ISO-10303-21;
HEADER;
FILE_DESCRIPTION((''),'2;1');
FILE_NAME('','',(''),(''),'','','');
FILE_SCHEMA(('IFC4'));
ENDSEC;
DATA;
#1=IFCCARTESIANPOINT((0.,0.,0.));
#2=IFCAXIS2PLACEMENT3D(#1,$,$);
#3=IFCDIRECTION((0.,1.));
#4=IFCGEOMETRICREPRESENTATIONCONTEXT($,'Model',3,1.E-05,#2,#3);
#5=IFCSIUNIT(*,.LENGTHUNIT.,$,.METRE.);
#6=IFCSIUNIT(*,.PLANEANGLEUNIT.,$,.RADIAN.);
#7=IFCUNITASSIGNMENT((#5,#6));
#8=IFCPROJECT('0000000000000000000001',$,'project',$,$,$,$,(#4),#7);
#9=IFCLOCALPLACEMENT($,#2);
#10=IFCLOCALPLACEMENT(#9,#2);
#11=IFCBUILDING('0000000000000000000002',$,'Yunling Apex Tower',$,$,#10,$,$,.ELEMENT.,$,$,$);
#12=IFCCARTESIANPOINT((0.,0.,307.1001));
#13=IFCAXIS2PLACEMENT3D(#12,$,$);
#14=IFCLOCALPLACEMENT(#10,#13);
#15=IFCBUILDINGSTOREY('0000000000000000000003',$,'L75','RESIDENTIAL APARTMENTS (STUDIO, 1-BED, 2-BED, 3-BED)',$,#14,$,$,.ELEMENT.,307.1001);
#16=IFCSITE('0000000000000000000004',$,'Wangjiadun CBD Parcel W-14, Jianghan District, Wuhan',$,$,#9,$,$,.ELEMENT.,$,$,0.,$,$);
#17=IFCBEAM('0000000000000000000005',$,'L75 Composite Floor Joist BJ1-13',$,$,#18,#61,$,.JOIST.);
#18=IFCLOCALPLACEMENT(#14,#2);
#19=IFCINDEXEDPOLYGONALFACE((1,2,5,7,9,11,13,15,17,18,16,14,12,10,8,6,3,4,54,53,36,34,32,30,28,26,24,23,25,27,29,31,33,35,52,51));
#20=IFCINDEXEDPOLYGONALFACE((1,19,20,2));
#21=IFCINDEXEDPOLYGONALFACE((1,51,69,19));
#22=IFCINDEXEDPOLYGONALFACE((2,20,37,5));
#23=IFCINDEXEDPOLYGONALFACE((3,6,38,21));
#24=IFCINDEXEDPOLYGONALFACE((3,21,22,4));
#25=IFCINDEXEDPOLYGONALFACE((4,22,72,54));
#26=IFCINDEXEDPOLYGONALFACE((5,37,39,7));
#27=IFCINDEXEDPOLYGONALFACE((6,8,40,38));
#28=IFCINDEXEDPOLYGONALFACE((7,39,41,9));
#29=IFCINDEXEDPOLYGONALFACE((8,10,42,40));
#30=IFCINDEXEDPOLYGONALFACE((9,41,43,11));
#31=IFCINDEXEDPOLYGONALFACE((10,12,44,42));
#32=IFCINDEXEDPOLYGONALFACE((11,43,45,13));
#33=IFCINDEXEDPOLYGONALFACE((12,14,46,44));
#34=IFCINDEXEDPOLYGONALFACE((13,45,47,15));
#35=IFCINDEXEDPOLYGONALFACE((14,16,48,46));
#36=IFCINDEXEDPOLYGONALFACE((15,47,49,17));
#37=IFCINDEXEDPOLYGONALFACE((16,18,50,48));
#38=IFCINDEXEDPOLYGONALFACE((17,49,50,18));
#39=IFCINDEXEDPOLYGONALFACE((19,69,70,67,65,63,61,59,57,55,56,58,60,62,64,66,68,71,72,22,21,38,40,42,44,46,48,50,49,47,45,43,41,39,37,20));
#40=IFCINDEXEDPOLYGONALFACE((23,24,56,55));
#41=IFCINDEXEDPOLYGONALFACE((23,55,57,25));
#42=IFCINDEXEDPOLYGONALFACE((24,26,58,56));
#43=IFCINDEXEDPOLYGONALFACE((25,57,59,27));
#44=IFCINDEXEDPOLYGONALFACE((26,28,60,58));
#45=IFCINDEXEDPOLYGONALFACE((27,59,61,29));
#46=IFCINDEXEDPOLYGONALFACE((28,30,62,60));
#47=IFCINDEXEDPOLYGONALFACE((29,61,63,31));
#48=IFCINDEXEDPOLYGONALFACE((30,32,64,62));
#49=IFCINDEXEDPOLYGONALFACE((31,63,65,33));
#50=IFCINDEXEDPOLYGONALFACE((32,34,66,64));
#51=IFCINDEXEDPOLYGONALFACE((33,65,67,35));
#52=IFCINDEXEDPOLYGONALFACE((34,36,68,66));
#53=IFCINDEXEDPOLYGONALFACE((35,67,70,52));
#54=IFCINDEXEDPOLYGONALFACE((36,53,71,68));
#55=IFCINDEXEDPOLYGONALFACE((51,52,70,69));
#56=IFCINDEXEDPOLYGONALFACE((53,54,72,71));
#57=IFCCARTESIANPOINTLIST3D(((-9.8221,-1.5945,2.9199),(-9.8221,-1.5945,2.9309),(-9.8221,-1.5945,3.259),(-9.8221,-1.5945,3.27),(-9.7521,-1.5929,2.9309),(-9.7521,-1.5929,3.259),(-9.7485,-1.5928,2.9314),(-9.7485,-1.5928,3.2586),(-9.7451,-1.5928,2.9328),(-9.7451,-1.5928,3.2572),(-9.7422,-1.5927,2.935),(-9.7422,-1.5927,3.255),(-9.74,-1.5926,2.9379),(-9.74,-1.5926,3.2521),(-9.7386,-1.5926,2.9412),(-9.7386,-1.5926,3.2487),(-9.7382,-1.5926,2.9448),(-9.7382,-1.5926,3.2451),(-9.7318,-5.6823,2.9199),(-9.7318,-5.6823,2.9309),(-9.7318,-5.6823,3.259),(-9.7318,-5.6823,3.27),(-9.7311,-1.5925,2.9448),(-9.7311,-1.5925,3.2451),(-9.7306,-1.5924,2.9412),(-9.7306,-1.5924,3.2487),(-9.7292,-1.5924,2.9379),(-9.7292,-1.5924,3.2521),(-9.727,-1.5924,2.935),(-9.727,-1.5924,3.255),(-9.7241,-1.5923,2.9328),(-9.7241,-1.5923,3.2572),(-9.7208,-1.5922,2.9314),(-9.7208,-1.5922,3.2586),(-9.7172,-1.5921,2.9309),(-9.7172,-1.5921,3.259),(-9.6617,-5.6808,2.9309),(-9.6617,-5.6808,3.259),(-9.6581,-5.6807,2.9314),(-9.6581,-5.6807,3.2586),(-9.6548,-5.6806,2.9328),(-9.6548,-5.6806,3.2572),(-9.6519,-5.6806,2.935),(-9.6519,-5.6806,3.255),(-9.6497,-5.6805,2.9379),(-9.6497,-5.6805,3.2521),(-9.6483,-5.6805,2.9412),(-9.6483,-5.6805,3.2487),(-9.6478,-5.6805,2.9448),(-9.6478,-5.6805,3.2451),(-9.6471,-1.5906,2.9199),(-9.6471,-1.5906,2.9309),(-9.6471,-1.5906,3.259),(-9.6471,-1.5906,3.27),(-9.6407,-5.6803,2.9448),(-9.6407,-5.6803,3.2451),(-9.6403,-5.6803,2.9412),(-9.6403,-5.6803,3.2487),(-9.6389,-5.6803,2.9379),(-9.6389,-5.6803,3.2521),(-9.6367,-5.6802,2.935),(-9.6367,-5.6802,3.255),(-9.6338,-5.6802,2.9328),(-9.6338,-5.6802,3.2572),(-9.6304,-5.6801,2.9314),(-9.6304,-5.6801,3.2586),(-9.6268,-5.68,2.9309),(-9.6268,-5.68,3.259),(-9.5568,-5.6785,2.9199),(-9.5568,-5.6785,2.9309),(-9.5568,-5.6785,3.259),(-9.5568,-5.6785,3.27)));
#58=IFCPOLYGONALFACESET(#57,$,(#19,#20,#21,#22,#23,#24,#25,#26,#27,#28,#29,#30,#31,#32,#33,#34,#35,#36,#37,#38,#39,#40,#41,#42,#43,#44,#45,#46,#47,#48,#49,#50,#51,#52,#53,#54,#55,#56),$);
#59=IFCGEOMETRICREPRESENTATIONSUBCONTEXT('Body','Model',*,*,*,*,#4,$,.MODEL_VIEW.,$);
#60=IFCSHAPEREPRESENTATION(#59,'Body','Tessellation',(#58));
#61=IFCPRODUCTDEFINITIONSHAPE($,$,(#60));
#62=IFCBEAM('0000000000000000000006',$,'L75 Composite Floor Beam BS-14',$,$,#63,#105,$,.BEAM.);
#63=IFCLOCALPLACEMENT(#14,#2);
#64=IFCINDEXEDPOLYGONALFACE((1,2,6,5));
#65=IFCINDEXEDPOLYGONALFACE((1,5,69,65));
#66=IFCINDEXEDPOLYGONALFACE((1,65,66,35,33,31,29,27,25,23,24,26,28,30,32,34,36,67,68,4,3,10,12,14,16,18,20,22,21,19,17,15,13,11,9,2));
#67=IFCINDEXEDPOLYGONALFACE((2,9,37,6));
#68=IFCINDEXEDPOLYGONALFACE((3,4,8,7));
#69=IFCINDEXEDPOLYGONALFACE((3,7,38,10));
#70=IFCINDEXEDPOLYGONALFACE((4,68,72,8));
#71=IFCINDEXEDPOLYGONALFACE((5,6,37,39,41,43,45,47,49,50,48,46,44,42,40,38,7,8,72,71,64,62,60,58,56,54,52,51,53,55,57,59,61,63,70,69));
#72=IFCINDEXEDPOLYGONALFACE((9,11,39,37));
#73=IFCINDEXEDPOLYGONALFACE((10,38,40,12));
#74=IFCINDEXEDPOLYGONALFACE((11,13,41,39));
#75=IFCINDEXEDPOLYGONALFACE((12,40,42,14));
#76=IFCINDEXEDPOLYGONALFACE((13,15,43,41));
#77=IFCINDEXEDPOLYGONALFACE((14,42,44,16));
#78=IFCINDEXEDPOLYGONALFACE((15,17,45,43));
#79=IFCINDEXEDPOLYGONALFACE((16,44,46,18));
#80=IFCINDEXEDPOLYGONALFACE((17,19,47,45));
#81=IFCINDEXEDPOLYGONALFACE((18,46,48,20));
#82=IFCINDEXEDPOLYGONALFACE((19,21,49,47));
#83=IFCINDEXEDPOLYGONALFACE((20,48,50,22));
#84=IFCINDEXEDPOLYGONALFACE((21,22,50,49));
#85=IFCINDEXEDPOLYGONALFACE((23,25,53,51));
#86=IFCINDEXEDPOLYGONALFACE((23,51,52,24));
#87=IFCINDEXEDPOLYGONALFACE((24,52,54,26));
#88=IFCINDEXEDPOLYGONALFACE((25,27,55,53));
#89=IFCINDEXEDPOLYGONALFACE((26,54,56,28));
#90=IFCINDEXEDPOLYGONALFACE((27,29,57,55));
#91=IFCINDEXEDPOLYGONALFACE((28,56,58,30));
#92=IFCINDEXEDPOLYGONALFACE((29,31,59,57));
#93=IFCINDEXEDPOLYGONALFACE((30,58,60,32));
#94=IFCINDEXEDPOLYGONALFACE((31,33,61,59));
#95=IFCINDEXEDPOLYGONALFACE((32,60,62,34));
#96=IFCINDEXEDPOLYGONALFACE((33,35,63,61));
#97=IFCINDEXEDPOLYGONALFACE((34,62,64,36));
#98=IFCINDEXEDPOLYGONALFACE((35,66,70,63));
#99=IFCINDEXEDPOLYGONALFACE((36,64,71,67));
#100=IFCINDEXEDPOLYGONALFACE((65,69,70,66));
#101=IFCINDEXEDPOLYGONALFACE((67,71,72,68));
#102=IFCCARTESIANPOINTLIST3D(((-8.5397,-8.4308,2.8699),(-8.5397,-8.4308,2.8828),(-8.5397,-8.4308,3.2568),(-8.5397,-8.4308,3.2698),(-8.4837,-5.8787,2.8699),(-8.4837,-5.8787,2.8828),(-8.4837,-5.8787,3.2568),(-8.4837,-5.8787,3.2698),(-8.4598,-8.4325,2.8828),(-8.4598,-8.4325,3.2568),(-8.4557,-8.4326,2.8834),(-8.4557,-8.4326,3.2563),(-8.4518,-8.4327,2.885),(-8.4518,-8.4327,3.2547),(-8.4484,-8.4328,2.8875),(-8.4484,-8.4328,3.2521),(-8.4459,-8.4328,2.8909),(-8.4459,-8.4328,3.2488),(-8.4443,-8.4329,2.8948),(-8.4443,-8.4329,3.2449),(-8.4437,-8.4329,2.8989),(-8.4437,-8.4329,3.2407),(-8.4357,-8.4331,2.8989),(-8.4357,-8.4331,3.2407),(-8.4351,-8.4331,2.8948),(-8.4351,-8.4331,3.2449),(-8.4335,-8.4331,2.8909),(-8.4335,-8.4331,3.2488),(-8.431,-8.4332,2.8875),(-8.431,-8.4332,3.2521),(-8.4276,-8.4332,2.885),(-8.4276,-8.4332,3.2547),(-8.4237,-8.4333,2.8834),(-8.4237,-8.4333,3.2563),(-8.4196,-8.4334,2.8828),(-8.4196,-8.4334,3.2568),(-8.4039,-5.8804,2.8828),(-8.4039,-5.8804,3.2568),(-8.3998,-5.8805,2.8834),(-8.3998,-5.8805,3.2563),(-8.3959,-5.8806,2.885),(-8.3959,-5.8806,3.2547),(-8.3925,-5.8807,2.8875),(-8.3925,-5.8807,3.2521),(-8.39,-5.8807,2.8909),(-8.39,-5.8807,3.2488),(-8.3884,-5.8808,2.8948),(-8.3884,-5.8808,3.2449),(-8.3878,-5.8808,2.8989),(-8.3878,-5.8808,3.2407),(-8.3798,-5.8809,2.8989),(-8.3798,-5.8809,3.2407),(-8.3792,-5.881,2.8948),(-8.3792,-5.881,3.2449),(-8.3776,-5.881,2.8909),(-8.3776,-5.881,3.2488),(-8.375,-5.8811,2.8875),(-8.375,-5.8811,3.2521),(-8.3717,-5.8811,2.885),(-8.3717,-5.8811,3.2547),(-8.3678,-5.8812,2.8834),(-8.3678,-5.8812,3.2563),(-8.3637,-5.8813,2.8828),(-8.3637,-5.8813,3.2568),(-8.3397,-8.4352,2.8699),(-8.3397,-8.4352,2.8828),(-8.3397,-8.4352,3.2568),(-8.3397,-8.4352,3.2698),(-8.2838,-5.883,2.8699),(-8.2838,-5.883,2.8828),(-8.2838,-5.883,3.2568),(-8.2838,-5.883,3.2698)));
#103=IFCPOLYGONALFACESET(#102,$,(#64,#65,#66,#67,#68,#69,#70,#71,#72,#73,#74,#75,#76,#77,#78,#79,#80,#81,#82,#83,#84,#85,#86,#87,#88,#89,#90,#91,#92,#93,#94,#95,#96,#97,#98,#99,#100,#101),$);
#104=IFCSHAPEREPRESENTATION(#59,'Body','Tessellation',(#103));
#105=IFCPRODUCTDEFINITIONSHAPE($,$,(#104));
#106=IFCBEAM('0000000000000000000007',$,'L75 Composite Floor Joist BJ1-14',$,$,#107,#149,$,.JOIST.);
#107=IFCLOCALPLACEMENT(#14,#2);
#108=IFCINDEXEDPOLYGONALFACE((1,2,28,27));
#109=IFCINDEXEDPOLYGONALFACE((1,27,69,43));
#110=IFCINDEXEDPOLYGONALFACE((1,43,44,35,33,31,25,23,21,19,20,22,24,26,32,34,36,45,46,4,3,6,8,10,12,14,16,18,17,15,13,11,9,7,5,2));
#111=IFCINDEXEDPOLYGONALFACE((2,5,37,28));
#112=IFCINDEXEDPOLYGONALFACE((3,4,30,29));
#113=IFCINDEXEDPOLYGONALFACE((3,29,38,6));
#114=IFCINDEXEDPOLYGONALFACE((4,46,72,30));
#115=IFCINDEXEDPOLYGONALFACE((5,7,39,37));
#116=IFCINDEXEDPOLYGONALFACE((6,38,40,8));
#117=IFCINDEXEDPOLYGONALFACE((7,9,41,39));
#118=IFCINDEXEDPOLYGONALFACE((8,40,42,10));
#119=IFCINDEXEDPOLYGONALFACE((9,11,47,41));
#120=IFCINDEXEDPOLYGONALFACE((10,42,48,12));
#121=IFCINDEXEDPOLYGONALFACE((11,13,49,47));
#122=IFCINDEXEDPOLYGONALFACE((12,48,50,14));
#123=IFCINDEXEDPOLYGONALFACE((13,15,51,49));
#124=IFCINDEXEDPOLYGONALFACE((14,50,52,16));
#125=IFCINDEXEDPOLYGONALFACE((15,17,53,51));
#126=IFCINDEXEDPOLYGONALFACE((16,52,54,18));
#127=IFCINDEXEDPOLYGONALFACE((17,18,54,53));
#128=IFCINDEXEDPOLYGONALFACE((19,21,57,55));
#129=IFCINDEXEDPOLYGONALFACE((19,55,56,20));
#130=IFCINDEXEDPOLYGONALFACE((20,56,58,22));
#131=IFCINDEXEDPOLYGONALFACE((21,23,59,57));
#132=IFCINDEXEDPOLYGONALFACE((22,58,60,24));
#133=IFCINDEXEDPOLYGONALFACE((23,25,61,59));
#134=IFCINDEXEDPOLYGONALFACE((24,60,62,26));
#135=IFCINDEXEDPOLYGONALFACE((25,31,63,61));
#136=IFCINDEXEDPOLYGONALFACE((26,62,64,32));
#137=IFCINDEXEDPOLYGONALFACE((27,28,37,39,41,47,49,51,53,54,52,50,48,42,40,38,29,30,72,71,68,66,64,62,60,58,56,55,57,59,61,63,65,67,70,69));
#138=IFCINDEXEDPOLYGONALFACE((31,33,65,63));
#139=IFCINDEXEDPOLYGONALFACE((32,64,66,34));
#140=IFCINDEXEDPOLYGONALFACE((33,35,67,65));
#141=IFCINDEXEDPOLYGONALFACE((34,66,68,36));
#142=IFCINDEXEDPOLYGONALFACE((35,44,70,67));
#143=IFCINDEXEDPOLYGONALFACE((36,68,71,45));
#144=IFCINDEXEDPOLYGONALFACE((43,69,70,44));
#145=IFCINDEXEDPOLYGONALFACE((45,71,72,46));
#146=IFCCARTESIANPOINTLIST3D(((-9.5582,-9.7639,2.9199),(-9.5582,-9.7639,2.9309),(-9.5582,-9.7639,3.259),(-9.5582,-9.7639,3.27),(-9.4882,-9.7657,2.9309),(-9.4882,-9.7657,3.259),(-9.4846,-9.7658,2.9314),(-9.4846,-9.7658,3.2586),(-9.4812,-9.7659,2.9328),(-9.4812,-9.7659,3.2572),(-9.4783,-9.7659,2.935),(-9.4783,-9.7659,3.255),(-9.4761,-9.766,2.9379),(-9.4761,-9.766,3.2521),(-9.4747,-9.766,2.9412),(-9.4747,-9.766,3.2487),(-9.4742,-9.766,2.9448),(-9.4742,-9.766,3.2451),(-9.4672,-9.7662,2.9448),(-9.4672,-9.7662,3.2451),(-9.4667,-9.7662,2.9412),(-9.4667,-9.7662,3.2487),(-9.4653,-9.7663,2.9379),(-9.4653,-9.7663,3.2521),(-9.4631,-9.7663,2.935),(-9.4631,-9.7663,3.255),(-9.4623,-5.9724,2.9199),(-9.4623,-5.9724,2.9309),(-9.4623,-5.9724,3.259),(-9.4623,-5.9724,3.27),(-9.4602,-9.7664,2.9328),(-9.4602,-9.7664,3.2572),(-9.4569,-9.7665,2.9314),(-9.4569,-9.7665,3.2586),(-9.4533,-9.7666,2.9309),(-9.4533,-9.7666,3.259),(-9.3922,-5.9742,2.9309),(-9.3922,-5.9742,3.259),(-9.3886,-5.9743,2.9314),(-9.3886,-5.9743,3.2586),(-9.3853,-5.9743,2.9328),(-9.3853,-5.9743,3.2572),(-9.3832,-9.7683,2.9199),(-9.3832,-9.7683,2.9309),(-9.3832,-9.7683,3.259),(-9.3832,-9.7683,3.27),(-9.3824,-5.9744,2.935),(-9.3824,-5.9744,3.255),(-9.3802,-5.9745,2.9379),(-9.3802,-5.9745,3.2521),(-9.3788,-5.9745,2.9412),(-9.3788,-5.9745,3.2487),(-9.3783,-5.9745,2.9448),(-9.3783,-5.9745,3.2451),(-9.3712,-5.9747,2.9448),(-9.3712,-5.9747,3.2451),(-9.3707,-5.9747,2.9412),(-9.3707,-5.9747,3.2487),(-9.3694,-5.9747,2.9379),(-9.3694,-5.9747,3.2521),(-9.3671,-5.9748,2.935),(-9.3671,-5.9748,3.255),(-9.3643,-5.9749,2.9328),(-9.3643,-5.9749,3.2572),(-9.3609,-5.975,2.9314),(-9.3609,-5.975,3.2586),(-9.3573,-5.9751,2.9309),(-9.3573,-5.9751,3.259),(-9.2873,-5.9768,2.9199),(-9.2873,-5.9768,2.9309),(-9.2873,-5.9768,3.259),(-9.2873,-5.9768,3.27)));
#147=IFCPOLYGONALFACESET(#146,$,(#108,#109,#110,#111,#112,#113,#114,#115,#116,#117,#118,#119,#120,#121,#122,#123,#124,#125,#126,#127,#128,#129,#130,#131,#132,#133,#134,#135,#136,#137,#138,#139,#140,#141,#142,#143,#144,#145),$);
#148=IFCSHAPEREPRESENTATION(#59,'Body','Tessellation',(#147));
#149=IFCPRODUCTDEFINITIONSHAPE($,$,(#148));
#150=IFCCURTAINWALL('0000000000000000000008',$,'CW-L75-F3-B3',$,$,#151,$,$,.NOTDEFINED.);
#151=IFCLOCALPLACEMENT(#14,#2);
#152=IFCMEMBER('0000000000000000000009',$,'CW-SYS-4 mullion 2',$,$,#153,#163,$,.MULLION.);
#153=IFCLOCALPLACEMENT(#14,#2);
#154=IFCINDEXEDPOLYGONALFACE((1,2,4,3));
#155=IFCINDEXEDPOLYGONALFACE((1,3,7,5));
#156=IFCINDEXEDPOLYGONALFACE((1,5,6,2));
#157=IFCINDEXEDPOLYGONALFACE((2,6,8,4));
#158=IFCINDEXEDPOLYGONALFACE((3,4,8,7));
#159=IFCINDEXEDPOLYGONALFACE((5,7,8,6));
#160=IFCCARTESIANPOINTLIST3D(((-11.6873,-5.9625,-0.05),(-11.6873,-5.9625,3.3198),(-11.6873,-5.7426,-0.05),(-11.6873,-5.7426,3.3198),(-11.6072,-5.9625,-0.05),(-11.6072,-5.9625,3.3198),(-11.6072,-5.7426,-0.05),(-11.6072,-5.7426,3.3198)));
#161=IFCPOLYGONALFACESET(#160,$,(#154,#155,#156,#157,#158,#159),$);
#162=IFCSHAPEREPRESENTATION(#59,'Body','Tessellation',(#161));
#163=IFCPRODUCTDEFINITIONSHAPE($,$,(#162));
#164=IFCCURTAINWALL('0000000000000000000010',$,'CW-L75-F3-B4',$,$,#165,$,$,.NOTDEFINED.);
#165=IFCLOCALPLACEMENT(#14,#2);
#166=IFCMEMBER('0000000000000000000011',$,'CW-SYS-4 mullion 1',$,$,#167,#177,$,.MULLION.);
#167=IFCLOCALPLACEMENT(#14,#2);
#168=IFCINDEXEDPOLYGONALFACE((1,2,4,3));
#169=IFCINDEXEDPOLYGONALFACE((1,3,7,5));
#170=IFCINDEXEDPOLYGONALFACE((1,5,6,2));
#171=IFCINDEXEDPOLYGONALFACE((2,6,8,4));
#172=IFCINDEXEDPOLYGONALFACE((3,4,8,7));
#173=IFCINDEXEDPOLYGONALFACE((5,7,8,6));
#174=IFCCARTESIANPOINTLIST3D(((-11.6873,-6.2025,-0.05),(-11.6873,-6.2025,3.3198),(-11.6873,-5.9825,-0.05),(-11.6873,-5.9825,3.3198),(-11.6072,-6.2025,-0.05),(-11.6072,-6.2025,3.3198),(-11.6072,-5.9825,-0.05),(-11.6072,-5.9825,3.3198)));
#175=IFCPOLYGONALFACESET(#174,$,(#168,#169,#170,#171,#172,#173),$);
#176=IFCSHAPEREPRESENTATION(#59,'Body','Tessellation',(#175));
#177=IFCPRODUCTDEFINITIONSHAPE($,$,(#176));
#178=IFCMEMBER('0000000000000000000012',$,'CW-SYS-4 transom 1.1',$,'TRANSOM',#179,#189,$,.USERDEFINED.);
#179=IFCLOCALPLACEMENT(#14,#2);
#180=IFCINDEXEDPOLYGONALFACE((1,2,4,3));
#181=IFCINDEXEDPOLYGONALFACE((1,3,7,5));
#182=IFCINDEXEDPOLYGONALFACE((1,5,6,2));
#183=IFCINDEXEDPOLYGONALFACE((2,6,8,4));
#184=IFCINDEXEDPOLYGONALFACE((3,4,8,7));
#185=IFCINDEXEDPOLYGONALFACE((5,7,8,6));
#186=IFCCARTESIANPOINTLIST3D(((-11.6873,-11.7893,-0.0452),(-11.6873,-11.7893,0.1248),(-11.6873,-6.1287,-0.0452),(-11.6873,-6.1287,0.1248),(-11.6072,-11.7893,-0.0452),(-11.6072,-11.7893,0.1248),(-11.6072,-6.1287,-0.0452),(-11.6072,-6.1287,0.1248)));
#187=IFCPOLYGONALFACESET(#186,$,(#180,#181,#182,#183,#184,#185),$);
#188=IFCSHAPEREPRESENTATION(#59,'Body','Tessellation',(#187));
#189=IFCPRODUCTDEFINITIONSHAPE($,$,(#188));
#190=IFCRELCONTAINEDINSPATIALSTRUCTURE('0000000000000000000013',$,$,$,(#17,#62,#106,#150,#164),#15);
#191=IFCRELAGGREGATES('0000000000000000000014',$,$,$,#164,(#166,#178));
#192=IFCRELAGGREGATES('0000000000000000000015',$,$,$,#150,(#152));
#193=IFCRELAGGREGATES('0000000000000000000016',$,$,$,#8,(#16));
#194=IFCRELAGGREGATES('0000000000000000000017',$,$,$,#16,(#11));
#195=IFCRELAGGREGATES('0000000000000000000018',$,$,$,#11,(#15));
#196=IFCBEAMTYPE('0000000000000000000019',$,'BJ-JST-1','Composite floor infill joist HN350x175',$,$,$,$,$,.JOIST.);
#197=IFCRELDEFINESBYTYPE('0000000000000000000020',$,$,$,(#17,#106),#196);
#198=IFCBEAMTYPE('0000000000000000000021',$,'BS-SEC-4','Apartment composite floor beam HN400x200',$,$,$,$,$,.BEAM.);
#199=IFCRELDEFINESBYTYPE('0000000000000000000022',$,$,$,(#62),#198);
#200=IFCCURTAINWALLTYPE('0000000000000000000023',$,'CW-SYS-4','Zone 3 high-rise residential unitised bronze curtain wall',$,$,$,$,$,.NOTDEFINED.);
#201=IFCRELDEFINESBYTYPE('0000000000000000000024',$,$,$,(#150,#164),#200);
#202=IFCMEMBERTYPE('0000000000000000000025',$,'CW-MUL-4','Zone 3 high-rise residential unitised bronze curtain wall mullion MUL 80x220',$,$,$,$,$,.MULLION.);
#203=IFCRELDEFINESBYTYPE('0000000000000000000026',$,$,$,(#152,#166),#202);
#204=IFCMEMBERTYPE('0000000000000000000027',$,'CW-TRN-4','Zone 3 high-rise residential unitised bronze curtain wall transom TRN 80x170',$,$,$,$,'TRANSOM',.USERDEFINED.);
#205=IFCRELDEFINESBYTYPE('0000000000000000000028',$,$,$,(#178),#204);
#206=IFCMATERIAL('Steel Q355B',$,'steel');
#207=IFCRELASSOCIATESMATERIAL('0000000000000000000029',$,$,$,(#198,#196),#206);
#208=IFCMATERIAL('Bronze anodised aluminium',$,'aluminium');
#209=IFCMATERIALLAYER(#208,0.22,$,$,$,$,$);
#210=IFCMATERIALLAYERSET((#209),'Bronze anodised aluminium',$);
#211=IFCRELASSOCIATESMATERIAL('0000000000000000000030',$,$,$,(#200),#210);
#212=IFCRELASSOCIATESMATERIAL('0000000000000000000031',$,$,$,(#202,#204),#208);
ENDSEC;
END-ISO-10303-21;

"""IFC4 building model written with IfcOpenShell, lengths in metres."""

from ifc_helpers import new_model, si_unit, direction, frame, origin, origin_2d, place, context, subcontext, project, spatial, rectangle, i_section, extrude, source, transform, mapped, material, layer, layer_set, material_profile, profile_set, type_object, element, aggregate, save


model = new_model("IFC4")

# Units and contexts
model_context = context("Model", 3, precision=1e-05, world=origin(), true_north=direction((0.0, 1.0)))
body_context = subcontext(model_context, "Body", "Model", "MODEL_VIEW")
ifc_project = project(units=[si_unit("LENGTHUNIT", "METRE"), si_unit("PLANEANGLEUNIT", "RADIAN")], contexts=[model_context])

# Site, building, storey
site_placement = place(None, origin())
site = spatial("IfcSite", under=ifc_project, at=site_placement, Name="Wangjiadun CBD Parcel W-14, Jianghan District, Wuhan", CompositionType="ELEMENT", RefElevation=0.0)
building_placement = place(site_placement, origin())
building = spatial("IfcBuilding", under=site, at=building_placement, Name="Yunling Apex Tower", CompositionType="ELEMENT")
storey_placement = place(building_placement, frame((0.0, 0.0, 307.1001)))
storey = spatial("IfcBuildingStorey", under=building, at=storey_placement, Name="L75", Description="RESIDENTIAL APARTMENTS (STUDIO, 1-BED, 2-BED, 3-BED)", CompositionType="ELEMENT", Elevation=307.1001)

# Shared definitions
ifc_material_1 = material(Name="Steel Q355B", Category="steel")

# Beams
ifc_material_profile_1 = material_profile(ifc_material_1, i_section(OverallWidth=0.2, OverallDepth=0.3999, WebThickness=0.0081, FlangeThickness=0.0129, FilletRadius=0.0161, at=origin_2d()))
ifc_profile_set_1 = profile_set([ifc_material_profile_1], Name="Steel Q355B")
beam_type_1 = type_object("IfcBeamType", Name="BS-SEC-4", Description="Apartment composite floor beam HN400x200", PredefinedType="BEAM", material=ifc_profile_set_1)
ifc_material_profile_2 = material_profile(ifc_material_1, i_section(OverallWidth=0.175, OverallDepth=0.3501, WebThickness=0.0071, FlangeThickness=0.011, FilletRadius=0.0139, at=origin_2d()))
ifc_profile_set_2 = profile_set([ifc_material_profile_2], Name="Steel Q355B")
beam_type_2 = type_object("IfcBeamType", Name="BJ-JST-1", Description="Composite floor infill joist HN350x175", PredefinedType="JOIST", material=ifc_profile_set_2)
shared_shape_1 = source(origin(), body_context, "Body", "SweptSolid", [
    extrude(i_section(OverallWidth=0.175, OverallDepth=0.3501, WebThickness=0.0071, FlangeThickness=0.011, FilletRadius=0.0139, at=origin_2d()), origin(), (0.0, 0.0, 1.0), 4.0889),
])
beam_1_placement = place(storey_placement, frame((-9.7346, -1.5925, 3.095), z_axis=(0.022092, -0.999756, 0.0), x_axis=(0.999756, 0.022092, 0.0)))
element("IfcBeam", 1, at=beam_1_placement, inside=storey, type_object=beam_type_2, Name="L75 Composite Floor Joist BJ1-13", PredefinedType="JOIST", context=body_context, shape_type="MappedRepresentation", body=[
    mapped(shared_shape_1, transform((0.0, 0.0, 0.0), scale=1.0)),
])
shared_shape_2 = source(origin(), body_context, "Body", "SweptSolid", [
    extrude(i_section(OverallWidth=0.2, OverallDepth=0.3999, WebThickness=0.0081, FlangeThickness=0.0129, FilletRadius=0.0161, at=origin_2d()), origin(), (0.0, 0.0, 1.0), 2.5527),
])
beam_2_placement = place(storey_placement, frame((-8.3838, -5.8809, 3.0698), z_axis=(-0.021902, -0.99976, 0.0), x_axis=(0.99976, -0.021902, 0.0)))
element("IfcBeam", 2, at=beam_2_placement, inside=storey, type_object=beam_type_1, Name="L75 Composite Floor Beam BS-14", PredefinedType="BEAM", context=body_context, shape_type="MappedRepresentation", body=[
    mapped(shared_shape_2, transform((0.0, 0.0, 0.0), scale=1.0)),
])
shared_shape_3 = source(origin(), body_context, "Body", "SweptSolid", [
    extrude(i_section(OverallWidth=0.175, OverallDepth=0.3501, WebThickness=0.0071, FlangeThickness=0.011, FilletRadius=0.0139, at=origin_2d()), origin(), (0.0, 0.0, 1.0), 3.7927),
])
beam_3_placement = place(storey_placement, frame((-9.3748, -5.9746, 3.095), z_axis=(-0.025298, -0.99968, 0.0), x_axis=(0.99968, -0.025298, 0.0)))
element("IfcBeam", 3, at=beam_3_placement, inside=storey, type_object=beam_type_2, Name="L75 Composite Floor Joist BJ1-14", PredefinedType="JOIST", context=body_context, shape_type="MappedRepresentation", body=[
    mapped(shared_shape_3, transform((0.0, 0.0, 0.0), scale=1.0)),
])

# Curtain wall, member
ifc_material_2 = material(Name="Bronze anodised aluminium", Category="aluminium")
ifc_layer_1 = layer(ifc_material_2, 0.22)
ifc_layer_set_1 = layer_set([ifc_layer_1], Name="Bronze anodised aluminium")
curtain_wall_type = type_object("IfcCurtainWallType", Name="CW-SYS-4", Description="Zone 3 high-rise residential unitised bronze curtain wall", PredefinedType="NOTDEFINED", material=ifc_layer_set_1)
curtain_wall_1_placement = place(storey_placement, origin())
curtain_wall_1 = element("IfcCurtainWall", 4, at=curtain_wall_1_placement, inside=storey, type_object=curtain_wall_type, Name="CW-L75-F3-B3", PredefinedType="NOTDEFINED")
ifc_material_profile_3 = material_profile(ifc_material_2, rectangle(XDim=0.0801, YDim=0.22, at=origin_2d()))
ifc_profile_set_3 = profile_set([ifc_material_profile_3], Name="Bronze anodised aluminium")
member_type_1 = type_object("IfcMemberType", Name="CW-MUL-4", Description="Zone 3 high-rise residential unitised bronze curtain wall mullion MUL 80x220", PredefinedType="MULLION", material=ifc_profile_set_3)
shared_shape_4 = source(origin(), body_context, "Body", "SweptSolid", [
    extrude(rectangle(XDim=0.0801, YDim=0.22, at=origin_2d()), origin(), (0.0, 0.0, 1.0), 3.3699),
])
member_1_placement = place(storey_placement, frame((-11.6472, -5.8525, -0.05), z_axis=(0.0, 0.0, 1.0), x_axis=(1.0, 0.0, 0.0)))
member_1 = element("IfcMember", 5, at=member_1_placement, type_object=member_type_1, Name="CW-SYS-4 mullion 2", PredefinedType="MULLION", context=body_context, shape_type="MappedRepresentation", body=[
    mapped(shared_shape_4, transform((0.0, 0.0, 0.0), scale=1.0)),
])

# Curtain wall, members
curtain_wall_2_placement = place(storey_placement, origin())
curtain_wall_2 = element("IfcCurtainWall", 6, at=curtain_wall_2_placement, inside=storey, type_object=curtain_wall_type, Name="CW-L75-F3-B4", PredefinedType="NOTDEFINED")
member_2_placement = place(storey_placement, frame((-11.6472, -6.0925, -0.05), z_axis=(0.0, 0.0, 1.0), x_axis=(1.0, 0.0, 0.0)))
member_2 = element("IfcMember", 7, at=member_2_placement, type_object=member_type_1, Name="CW-SYS-4 mullion 1", PredefinedType="MULLION", context=body_context, shape_type="MappedRepresentation", body=[
    mapped(shared_shape_4, transform((0.0, 0.0, 0.0), scale=1.0)),
])
ifc_material_profile_4 = material_profile(ifc_material_2, rectangle(XDim=0.0801, YDim=0.1699, at=origin_2d()))
ifc_profile_set_4 = profile_set([ifc_material_profile_4], Name="Bronze anodised aluminium")
member_type_2 = type_object("IfcMemberType", Name="CW-TRN-4", Description="Zone 3 high-rise residential unitised bronze curtain wall transom TRN 80x170", ElementType="TRANSOM", PredefinedType="USERDEFINED", material=ifc_profile_set_4)
shared_shape_5 = source(origin(), body_context, "Body", "SweptSolid", [
    extrude(rectangle(XDim=0.0801, YDim=0.1699, at=origin_2d()), origin(), (0.0, 0.0, 1.0), 5.6606),
])
member_3_placement = place(storey_placement, frame((-11.6472, -6.1287, 0.0398), z_axis=(0.0, -1.0, 0.0), x_axis=(1.0, 0.0, 0.0)))
member_3 = element("IfcMember", 8, at=member_3_placement, type_object=member_type_2, Name="CW-SYS-4 transom 1.1", ObjectType="TRANSOM", PredefinedType="USERDEFINED", context=body_context, shape_type="MappedRepresentation", body=[
    mapped(shared_shape_5, transform((0.0, 0.0, 0.0), scale=1.0)),
])
aggregate(curtain_wall_2, [member_2, member_3])

aggregate(curtain_wall_1, [member_1])

save(model, "model.ifc")
